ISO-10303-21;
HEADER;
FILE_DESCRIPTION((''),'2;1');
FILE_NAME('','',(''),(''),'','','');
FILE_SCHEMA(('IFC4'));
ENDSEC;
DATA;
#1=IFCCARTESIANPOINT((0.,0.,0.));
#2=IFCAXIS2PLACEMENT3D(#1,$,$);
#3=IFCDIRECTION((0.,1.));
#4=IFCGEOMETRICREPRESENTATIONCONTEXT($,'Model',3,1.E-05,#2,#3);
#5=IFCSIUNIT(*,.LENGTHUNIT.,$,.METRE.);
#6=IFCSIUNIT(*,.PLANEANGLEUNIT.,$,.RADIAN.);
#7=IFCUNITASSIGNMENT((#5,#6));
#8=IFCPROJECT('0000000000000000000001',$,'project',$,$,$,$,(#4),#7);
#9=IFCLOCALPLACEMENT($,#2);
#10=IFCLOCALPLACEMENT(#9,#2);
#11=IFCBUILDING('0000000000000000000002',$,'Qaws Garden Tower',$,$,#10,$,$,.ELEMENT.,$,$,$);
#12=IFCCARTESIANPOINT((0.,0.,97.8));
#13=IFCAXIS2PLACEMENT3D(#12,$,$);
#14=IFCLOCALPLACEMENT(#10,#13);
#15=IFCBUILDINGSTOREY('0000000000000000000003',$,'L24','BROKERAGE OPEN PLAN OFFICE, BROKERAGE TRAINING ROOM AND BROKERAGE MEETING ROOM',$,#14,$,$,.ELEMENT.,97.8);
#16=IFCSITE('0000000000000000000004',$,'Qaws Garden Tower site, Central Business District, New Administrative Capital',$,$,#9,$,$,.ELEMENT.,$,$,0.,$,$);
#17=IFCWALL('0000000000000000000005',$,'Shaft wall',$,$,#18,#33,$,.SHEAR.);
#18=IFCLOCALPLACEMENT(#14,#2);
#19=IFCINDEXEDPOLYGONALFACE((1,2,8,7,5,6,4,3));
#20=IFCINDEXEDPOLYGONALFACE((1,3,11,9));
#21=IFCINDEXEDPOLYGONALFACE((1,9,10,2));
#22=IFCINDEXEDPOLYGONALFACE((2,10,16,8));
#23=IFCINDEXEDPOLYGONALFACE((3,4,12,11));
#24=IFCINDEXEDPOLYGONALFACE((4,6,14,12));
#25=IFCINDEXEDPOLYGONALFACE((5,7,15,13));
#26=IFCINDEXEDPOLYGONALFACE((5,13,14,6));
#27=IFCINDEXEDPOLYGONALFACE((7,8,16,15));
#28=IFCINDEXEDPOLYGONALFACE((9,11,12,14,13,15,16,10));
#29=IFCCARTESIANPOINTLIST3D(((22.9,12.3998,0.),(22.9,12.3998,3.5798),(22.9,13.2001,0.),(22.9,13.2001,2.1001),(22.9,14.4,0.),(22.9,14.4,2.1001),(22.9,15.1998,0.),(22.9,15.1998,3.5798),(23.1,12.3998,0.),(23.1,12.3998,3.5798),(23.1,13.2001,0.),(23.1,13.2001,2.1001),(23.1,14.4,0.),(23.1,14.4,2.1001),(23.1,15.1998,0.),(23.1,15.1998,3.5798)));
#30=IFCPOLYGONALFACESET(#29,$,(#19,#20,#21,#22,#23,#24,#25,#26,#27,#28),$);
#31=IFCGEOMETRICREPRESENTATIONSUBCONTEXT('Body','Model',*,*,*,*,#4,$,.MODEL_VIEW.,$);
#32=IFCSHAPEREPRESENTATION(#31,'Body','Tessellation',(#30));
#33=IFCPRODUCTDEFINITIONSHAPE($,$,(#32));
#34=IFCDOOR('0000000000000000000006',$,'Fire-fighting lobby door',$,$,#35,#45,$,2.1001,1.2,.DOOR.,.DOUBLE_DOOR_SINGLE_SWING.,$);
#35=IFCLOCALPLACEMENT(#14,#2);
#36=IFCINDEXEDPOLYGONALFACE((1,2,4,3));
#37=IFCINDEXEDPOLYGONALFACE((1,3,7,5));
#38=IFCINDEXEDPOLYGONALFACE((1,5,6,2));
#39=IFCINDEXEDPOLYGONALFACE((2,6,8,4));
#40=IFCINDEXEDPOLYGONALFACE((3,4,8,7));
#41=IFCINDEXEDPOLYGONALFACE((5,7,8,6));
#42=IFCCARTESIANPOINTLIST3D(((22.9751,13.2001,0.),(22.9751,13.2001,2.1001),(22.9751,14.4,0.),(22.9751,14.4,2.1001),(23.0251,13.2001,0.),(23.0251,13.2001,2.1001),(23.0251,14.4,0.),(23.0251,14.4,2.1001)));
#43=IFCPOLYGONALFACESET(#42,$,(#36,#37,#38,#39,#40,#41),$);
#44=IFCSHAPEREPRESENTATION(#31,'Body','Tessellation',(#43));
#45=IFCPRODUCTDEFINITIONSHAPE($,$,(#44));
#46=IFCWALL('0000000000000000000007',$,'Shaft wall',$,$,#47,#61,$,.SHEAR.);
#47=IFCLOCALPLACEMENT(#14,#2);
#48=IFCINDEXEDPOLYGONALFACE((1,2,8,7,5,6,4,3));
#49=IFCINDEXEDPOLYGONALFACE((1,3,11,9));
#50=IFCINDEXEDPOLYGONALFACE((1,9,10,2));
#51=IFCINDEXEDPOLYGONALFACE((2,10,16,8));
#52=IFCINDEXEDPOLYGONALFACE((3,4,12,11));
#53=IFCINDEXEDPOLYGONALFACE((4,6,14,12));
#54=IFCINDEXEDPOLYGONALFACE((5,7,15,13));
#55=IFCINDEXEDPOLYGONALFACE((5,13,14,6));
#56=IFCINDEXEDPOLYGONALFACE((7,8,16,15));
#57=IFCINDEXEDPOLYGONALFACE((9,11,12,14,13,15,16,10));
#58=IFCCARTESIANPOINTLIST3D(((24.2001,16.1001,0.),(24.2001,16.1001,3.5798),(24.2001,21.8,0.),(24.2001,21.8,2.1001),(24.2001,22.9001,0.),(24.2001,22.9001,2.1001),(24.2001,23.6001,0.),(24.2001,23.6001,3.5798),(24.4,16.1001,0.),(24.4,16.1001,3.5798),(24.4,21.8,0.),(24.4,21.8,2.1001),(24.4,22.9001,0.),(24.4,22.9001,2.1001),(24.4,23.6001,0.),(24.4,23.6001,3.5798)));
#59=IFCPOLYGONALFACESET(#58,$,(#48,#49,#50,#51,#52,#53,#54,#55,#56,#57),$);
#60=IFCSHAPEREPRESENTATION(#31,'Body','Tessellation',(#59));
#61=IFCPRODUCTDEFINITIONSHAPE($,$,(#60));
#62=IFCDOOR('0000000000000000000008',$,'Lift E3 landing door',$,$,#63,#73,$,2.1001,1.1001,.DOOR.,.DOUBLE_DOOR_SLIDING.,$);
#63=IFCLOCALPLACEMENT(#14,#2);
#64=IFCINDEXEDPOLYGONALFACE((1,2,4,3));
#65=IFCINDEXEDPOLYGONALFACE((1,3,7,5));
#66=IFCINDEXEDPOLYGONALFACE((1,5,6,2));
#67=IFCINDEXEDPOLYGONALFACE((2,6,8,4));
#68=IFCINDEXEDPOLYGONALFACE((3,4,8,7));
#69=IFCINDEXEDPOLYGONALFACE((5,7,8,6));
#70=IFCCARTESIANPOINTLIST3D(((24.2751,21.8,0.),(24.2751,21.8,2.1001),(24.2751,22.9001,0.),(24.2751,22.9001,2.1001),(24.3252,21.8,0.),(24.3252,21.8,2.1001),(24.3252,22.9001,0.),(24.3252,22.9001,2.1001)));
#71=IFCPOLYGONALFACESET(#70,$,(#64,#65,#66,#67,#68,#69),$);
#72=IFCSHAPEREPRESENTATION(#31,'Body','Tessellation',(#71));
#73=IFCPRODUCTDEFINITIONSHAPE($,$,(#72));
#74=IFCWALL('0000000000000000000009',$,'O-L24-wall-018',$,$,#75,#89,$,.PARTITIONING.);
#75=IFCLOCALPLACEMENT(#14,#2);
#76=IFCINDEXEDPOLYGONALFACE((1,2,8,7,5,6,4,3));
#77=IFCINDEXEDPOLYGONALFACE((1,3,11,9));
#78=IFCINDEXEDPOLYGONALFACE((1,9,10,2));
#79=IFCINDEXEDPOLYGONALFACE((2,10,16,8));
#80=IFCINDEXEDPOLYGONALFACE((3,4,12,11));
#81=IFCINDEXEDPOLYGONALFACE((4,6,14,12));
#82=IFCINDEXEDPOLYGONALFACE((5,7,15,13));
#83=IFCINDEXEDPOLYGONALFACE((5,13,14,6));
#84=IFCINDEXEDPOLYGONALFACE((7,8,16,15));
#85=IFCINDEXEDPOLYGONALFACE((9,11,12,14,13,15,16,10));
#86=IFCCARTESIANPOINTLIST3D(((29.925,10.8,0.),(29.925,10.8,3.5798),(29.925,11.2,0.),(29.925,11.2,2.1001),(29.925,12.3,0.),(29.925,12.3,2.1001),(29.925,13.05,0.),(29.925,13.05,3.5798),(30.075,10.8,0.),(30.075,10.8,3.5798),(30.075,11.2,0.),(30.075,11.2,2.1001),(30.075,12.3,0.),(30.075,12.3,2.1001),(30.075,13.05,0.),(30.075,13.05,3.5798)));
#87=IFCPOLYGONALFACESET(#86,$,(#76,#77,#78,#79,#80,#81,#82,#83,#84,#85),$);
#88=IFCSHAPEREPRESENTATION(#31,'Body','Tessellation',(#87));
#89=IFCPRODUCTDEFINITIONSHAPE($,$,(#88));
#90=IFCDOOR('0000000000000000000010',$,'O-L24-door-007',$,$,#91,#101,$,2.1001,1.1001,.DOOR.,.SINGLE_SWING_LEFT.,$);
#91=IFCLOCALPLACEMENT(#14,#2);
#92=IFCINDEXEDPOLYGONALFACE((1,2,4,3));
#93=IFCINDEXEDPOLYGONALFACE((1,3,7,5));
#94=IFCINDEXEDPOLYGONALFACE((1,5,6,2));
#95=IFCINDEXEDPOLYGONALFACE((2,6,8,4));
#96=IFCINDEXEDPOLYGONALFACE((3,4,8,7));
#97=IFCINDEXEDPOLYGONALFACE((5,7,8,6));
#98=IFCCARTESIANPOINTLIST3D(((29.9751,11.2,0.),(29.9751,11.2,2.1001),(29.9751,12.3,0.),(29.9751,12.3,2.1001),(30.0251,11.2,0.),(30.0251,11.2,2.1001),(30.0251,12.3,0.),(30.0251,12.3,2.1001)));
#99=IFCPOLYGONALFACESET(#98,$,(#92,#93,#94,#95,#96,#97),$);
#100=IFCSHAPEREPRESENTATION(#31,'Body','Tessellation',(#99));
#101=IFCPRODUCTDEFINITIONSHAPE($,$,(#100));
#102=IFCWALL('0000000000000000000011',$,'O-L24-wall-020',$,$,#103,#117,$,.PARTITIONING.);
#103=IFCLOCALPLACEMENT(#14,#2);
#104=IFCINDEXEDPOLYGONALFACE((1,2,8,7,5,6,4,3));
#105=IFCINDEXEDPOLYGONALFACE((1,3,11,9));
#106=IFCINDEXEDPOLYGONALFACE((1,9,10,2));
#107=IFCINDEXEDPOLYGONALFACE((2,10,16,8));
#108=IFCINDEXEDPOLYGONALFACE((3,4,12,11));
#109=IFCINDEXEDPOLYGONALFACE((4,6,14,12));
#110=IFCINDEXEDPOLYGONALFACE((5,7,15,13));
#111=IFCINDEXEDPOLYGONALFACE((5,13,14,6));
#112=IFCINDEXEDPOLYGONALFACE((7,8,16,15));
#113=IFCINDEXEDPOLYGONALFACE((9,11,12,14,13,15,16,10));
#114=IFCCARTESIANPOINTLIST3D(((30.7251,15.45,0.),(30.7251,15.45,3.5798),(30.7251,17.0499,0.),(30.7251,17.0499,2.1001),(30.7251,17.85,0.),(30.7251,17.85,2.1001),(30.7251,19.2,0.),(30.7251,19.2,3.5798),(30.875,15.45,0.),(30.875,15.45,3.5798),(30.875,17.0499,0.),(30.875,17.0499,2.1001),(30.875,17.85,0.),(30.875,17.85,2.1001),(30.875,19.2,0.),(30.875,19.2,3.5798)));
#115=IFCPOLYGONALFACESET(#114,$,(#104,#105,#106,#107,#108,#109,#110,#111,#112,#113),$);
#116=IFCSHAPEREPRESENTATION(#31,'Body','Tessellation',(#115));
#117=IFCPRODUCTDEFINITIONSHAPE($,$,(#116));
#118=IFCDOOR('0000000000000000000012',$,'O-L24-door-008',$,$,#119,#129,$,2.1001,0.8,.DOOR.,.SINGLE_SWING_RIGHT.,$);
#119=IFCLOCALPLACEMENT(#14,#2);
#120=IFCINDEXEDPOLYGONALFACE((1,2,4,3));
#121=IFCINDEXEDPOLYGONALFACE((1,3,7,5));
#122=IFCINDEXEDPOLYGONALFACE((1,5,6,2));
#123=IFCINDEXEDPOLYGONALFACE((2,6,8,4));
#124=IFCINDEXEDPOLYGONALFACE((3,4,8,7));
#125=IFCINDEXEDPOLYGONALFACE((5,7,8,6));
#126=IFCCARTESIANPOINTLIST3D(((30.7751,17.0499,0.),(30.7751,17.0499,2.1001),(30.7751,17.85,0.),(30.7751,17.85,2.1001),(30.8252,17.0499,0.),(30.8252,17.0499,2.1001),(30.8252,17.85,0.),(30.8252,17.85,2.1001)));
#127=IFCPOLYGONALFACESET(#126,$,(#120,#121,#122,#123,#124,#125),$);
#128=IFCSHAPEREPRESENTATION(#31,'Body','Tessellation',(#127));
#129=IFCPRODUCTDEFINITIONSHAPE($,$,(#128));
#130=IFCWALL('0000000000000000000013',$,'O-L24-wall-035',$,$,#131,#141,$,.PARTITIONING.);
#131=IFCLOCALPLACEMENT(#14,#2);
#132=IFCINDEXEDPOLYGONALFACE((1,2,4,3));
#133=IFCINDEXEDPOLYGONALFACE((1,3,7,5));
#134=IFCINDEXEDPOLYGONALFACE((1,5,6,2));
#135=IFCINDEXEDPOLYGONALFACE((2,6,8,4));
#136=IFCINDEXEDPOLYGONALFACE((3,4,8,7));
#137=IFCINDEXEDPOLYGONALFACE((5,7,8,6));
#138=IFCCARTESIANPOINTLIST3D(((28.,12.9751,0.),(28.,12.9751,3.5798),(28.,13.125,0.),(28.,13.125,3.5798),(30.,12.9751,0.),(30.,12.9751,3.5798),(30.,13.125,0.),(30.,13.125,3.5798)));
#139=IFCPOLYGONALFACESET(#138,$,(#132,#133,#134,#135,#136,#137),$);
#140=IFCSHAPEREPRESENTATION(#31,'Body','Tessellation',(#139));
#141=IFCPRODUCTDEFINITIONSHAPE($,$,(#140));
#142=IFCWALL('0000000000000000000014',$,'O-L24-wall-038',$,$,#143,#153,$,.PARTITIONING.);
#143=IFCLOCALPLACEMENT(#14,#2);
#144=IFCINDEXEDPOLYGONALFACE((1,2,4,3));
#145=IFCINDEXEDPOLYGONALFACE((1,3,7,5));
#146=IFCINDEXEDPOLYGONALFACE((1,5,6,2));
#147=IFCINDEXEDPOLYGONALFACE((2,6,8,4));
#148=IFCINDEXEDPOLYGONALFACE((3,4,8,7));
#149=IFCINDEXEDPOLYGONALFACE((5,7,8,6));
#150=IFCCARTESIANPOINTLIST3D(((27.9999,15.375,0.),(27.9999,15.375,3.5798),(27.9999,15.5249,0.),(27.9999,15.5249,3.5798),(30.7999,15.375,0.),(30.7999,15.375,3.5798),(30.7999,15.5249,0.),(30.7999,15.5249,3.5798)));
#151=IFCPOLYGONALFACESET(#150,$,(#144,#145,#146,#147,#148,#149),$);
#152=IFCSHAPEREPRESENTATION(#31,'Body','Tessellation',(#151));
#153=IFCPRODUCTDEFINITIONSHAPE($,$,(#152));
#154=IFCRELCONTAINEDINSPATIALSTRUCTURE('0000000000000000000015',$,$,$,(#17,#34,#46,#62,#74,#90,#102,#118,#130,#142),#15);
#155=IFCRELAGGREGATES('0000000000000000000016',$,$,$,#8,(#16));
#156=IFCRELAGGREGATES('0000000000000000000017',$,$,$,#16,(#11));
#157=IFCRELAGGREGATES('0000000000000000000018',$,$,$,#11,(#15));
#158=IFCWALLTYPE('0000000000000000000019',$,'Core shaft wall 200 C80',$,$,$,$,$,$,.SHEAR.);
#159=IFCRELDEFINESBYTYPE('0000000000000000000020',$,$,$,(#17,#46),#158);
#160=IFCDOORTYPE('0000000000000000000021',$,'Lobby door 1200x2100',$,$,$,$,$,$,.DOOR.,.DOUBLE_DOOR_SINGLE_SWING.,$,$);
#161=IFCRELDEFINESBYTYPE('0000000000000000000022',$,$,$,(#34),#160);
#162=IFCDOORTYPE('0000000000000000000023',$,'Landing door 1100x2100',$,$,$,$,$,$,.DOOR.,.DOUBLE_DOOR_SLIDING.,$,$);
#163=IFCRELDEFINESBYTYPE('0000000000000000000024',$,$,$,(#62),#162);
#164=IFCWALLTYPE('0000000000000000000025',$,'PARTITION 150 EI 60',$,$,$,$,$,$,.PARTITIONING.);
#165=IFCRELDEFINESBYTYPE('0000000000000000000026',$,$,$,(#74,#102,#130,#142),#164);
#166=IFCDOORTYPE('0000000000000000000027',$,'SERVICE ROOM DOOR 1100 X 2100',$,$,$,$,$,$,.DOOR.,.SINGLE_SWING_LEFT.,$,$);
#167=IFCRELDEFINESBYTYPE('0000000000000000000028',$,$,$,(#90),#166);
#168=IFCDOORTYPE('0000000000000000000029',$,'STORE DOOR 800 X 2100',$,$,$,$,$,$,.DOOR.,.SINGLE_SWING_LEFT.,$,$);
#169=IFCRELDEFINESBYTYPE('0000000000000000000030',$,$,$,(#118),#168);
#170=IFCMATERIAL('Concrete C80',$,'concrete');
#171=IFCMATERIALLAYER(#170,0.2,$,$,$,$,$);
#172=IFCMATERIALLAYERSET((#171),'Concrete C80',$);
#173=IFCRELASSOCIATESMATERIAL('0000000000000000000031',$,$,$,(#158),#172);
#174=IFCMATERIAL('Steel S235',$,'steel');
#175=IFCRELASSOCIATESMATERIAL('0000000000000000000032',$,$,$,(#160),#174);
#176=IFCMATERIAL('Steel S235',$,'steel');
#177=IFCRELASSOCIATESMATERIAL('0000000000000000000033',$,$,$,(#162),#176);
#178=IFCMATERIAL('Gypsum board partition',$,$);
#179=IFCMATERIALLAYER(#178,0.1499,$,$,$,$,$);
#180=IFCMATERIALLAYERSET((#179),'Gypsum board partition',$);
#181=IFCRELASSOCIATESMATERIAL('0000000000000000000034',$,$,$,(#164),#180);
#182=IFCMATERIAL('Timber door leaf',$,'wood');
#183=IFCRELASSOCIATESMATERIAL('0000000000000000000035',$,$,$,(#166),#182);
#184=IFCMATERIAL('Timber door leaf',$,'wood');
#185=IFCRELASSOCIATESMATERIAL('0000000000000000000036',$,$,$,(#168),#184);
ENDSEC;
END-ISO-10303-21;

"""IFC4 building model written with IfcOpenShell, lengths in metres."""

from ifc_helpers import new_model, si_unit, direction, frame, frame_2d, origin, place, context, subcontext, project, spatial, rectangle, extrude, material, layer, layer_set, type_object, element, fill, save


model = new_model("IFC4")

# Units and contexts
model_context = context("Model", 3, precision=1e-05, world=origin(), true_north=direction((0.0, 1.0)))
body_context = subcontext(model_context, "Body", "Model", "MODEL_VIEW")
ifc_project = project(units=[si_unit("LENGTHUNIT", "METRE"), si_unit("PLANEANGLEUNIT", "RADIAN")], contexts=[model_context])

# Site, building, storey
site_placement = place(None, origin())
site = spatial("IfcSite", under=ifc_project, at=site_placement, Name="Qaws Garden Tower site, Central Business District, New Administrative Capital", CompositionType="ELEMENT", RefElevation=0.0)
building_placement = place(site_placement, origin())
building = spatial("IfcBuilding", under=site, at=building_placement, Name="Qaws Garden Tower", CompositionType="ELEMENT")
storey_placement = place(building_placement, frame((0.0, 0.0, 97.8)))
storey = spatial("IfcBuildingStorey", under=building, at=storey_placement, Name="L24", Description="BROKERAGE OPEN PLAN OFFICE, BROKERAGE TRAINING ROOM AND BROKERAGE MEETING ROOM", CompositionType="ELEMENT", Elevation=97.8)

# Shared definitions
ifc_material_1 = material(Name="Concrete C80", Category="concrete")
ifc_layer_1 = layer(ifc_material_1, 0.2)
ifc_layer_set_1 = layer_set([ifc_layer_1], Name="Concrete C80")
wall_type_1 = type_object("IfcWallType", Name="Core shaft wall 200 C80", PredefinedType="SHEAR", material=ifc_layer_set_1)

# Walls, openings, doors
wall_1_placement = place(storey_placement, frame((23.0, 12.3999, 0.0), z_axis=(0.0, 0.0, 1.0), x_axis=(0.0, 1.0, 0.0)))
wall_1 = element("IfcWall", 1, at=wall_1_placement, inside=storey, type_object=wall_type_1, Name="Shaft wall", PredefinedType="SHEAR", context=body_context, shape_type="SweptSolid", body=[
    extrude(rectangle(XDim=2.8, YDim=0.2, at=frame_2d((1.3999, 0.0))), origin(), (0.0, 0.0, 1.0), 3.5798),
])
opening_1_placement = place(wall_1_placement, frame((0.8, 0.0, 0.0)))
opening_1 = element("IfcOpeningElement", 2, at=opening_1_placement, cuts=wall_1, PredefinedType="OPENING", context=body_context, shape_type="SweptSolid", body=[
    extrude(rectangle(XDim=1.2, YDim=2.1001, at=frame_2d((0.6001, 1.05))), frame((0.0, 0.1099, 0.0), z_axis=(0.0, -1.0, 0.0), x_axis=(1.0, 0.0, 0.0)), (0.0, 0.0, 1.0), 0.22),
])
ifc_material_2 = material(Name="Steel S235", Category="steel")
door_type_1 = type_object("IfcDoorType", Name="Lobby door 1200x2100", OperationType="DOUBLE_DOOR_SINGLE_SWING", PredefinedType="DOOR", material=ifc_material_2)
door_1_placement = place(opening_1_placement, origin())
door_1 = element("IfcDoor", 3, at=door_1_placement, inside=storey, type_object=door_type_1, Name="Fire-fighting lobby door", OperationType="DOUBLE_DOOR_SINGLE_SWING", OverallHeight=2.1001, OverallWidth=1.2, PredefinedType="DOOR", context=body_context, shape_type="SweptSolid", body=[
    extrude(rectangle(XDim=1.2, YDim=2.1001, at=frame_2d((0.6001, 1.05))), frame((0.0, 0.0249, 0.0), z_axis=(0.0, -1.0, 0.0), x_axis=(1.0, 0.0, 0.0)), (0.0, 0.0, 1.0), 0.05),
])
fill(opening_1, door_1)
wall_2_placement = place(storey_placement, frame((24.3, 16.1001, 0.0), z_axis=(0.0, 0.0, 1.0), x_axis=(0.0, 1.0, 0.0)))
wall_2 = element("IfcWall", 4, at=wall_2_placement, inside=storey, type_object=wall_type_1, Name="Shaft wall", PredefinedType="SHEAR", context=body_context, shape_type="SweptSolid", body=[
    extrude(rectangle(XDim=7.5, YDim=0.2, at=frame_2d((3.75, 0.0))), origin(), (0.0, 0.0, 1.0), 3.5798),
])
opening_2_placement = place(wall_2_placement, frame((5.7, 0.0, 0.0)))
opening_2 = element("IfcOpeningElement", 5, at=opening_2_placement, cuts=wall_2, PredefinedType="OPENING", context=body_context, shape_type="SweptSolid", body=[
    extrude(rectangle(XDim=1.1001, YDim=2.1001, at=frame_2d((0.55, 1.05))), frame((0.0, 0.1099, 0.0), z_axis=(0.0, -1.0, 0.0), x_axis=(1.0, 0.0, 0.0)), (0.0, 0.0, 1.0), 0.22),
])
ifc_material_3 = material(Name="Steel S235", Category="steel")
door_type_2 = type_object("IfcDoorType", Name="Landing door 1100x2100", OperationType="DOUBLE_DOOR_SLIDING", PredefinedType="DOOR", material=ifc_material_3)
door_2_placement = place(opening_2_placement, origin())
door_2 = element("IfcDoor", 6, at=door_2_placement, inside=storey, type_object=door_type_2, Name="Lift E3 landing door", OperationType="DOUBLE_DOOR_SLIDING", OverallHeight=2.1001, OverallWidth=1.1001, PredefinedType="DOOR", context=body_context, shape_type="SweptSolid", body=[
    extrude(rectangle(XDim=1.1001, YDim=2.1001, at=frame_2d((0.55, 1.05))), frame((0.0, 0.0249, 0.0), z_axis=(0.0, -1.0, 0.0), x_axis=(1.0, 0.0, 0.0)), (0.0, 0.0, 1.0), 0.05),
])
fill(opening_2, door_2)
ifc_material_4 = material(Name="Gypsum board partition")
ifc_layer_2 = layer(ifc_material_4, 0.1499)
ifc_layer_set_2 = layer_set([ifc_layer_2], Name="Gypsum board partition")
wall_type_2 = type_object("IfcWallType", Name="PARTITION 150 EI 60", PredefinedType="PARTITIONING", material=ifc_layer_set_2)
wall_3_placement = place(storey_placement, frame((30.0, 10.8, 0.0), z_axis=(0.0, 0.0, 1.0), x_axis=(0.0, 1.0, 0.0)))
wall_3 = element("IfcWall", 7, at=wall_3_placement, inside=storey, type_object=wall_type_2, Name="O-L24-wall-018", PredefinedType="PARTITIONING", context=body_context, shape_type="SweptSolid", body=[
    extrude(rectangle(XDim=2.25, YDim=0.1499, at=frame_2d((1.125, 0.0))), origin(), (0.0, 0.0, 1.0), 3.5798),
])
opening_3_placement = place(wall_3_placement, frame((0.3999, 0.0, 0.0)))
opening_3 = element("IfcOpeningElement", 8, at=opening_3_placement, cuts=wall_3, PredefinedType="OPENING", context=body_context, shape_type="SweptSolid", body=[
    extrude(rectangle(XDim=1.1001, YDim=2.1001, at=frame_2d((0.55, 1.05))), frame((0.0, 0.085, 0.0), z_axis=(0.0, -1.0, 0.0), x_axis=(1.0, 0.0, 0.0)), (0.0, 0.0, 1.0), 0.1699),
])
ifc_material_5 = material(Name="Timber door leaf", Category="wood")
door_type_3 = type_object("IfcDoorType", Name="SERVICE ROOM DOOR 1100 X 2100", OperationType="SINGLE_SWING_LEFT", PredefinedType="DOOR", material=ifc_material_5)
door_3_placement = place(opening_3_placement, origin())
door_3 = element("IfcDoor", 9, at=door_3_placement, inside=storey, type_object=door_type_3, Name="O-L24-door-007", OperationType="SINGLE_SWING_LEFT", OverallHeight=2.1001, OverallWidth=1.1001, PredefinedType="DOOR", context=body_context, shape_type="SweptSolid", body=[
    extrude(rectangle(XDim=1.1001, YDim=2.1001, at=frame_2d((0.55, 1.05))), frame((0.0, 0.0249, 0.0), z_axis=(0.0, -1.0, 0.0), x_axis=(1.0, 0.0, 0.0)), (0.0, 0.0, 1.0), 0.05),
])
fill(opening_3, door_3)
wall_4_placement = place(storey_placement, frame((30.8, 15.45, 0.0), z_axis=(0.0, 0.0, 1.0), x_axis=(0.0, 1.0, 0.0)))
wall_4 = element("IfcWall", 10, at=wall_4_placement, inside=storey, type_object=wall_type_2, Name="O-L24-wall-020", PredefinedType="PARTITIONING", context=body_context, shape_type="SweptSolid", body=[
    extrude(rectangle(XDim=3.75, YDim=0.1499, at=frame_2d((1.875, 0.0))), origin(), (0.0, 0.0, 1.0), 3.5798),
])
opening_4_placement = place(wall_4_placement, frame((1.6001, 0.0, 0.0)))
opening_4 = element("IfcOpeningElement", 11, at=opening_4_placement, cuts=wall_4, PredefinedType="OPENING", context=body_context, shape_type="SweptSolid", body=[
    extrude(rectangle(XDim=0.8, YDim=2.1001, at=frame_2d((0.3999, 1.05))), frame((0.0, 0.085, 0.0), z_axis=(0.0, -1.0, 0.0), x_axis=(1.0, 0.0, 0.0)), (0.0, 0.0, 1.0), 0.1699),
])
ifc_material_6 = material(Name="Timber door leaf", Category="wood")
door_type_4 = type_object("IfcDoorType", Name="STORE DOOR 800 X 2100", OperationType="SINGLE_SWING_LEFT", PredefinedType="DOOR", material=ifc_material_6)
door_4_placement = place(opening_4_placement, origin())
door_4 = element("IfcDoor", 12, at=door_4_placement, inside=storey, type_object=door_type_4, Name="O-L24-door-008", OperationType="SINGLE_SWING_RIGHT", OverallHeight=2.1001, OverallWidth=0.8, PredefinedType="DOOR", context=body_context, shape_type="SweptSolid", body=[
    extrude(rectangle(XDim=0.8, YDim=2.1001, at=frame_2d((0.3999, 1.05))), frame((0.0, 0.0249, 0.0), z_axis=(0.0, -1.0, 0.0), x_axis=(1.0, 0.0, 0.0)), (0.0, 0.0, 1.0), 0.05),
])
fill(opening_4, door_4)

# Walls
wall_5_placement = place(storey_placement, frame((28.0, 13.05, 0.0), z_axis=(0.0, 0.0, 1.0), x_axis=(1.0, 0.0, 0.0)))
element("IfcWall", 13, at=wall_5_placement, inside=storey, type_object=wall_type_2, Name="O-L24-wall-035", PredefinedType="PARTITIONING", context=body_context, shape_type="SweptSolid", body=[
    extrude(rectangle(XDim=2.0, YDim=0.1499, at=frame_2d((1.0, 0.0))), origin(), (0.0, 0.0, 1.0), 3.5798),
])
wall_6_placement = place(storey_placement, frame((28.0, 15.45, 0.0), z_axis=(0.0, 0.0, 1.0), x_axis=(1.0, 0.0, 0.0)))
element("IfcWall", 14, at=wall_6_placement, inside=storey, type_object=wall_type_2, Name="O-L24-wall-038", PredefinedType="PARTITIONING", context=body_context, shape_type="SweptSolid", body=[
    extrude(rectangle(XDim=2.8, YDim=0.1499, at=frame_2d((1.3999, 0.0))), origin(), (0.0, 0.0, 1.0), 3.5798),
])

save(model, "model.ifc")
